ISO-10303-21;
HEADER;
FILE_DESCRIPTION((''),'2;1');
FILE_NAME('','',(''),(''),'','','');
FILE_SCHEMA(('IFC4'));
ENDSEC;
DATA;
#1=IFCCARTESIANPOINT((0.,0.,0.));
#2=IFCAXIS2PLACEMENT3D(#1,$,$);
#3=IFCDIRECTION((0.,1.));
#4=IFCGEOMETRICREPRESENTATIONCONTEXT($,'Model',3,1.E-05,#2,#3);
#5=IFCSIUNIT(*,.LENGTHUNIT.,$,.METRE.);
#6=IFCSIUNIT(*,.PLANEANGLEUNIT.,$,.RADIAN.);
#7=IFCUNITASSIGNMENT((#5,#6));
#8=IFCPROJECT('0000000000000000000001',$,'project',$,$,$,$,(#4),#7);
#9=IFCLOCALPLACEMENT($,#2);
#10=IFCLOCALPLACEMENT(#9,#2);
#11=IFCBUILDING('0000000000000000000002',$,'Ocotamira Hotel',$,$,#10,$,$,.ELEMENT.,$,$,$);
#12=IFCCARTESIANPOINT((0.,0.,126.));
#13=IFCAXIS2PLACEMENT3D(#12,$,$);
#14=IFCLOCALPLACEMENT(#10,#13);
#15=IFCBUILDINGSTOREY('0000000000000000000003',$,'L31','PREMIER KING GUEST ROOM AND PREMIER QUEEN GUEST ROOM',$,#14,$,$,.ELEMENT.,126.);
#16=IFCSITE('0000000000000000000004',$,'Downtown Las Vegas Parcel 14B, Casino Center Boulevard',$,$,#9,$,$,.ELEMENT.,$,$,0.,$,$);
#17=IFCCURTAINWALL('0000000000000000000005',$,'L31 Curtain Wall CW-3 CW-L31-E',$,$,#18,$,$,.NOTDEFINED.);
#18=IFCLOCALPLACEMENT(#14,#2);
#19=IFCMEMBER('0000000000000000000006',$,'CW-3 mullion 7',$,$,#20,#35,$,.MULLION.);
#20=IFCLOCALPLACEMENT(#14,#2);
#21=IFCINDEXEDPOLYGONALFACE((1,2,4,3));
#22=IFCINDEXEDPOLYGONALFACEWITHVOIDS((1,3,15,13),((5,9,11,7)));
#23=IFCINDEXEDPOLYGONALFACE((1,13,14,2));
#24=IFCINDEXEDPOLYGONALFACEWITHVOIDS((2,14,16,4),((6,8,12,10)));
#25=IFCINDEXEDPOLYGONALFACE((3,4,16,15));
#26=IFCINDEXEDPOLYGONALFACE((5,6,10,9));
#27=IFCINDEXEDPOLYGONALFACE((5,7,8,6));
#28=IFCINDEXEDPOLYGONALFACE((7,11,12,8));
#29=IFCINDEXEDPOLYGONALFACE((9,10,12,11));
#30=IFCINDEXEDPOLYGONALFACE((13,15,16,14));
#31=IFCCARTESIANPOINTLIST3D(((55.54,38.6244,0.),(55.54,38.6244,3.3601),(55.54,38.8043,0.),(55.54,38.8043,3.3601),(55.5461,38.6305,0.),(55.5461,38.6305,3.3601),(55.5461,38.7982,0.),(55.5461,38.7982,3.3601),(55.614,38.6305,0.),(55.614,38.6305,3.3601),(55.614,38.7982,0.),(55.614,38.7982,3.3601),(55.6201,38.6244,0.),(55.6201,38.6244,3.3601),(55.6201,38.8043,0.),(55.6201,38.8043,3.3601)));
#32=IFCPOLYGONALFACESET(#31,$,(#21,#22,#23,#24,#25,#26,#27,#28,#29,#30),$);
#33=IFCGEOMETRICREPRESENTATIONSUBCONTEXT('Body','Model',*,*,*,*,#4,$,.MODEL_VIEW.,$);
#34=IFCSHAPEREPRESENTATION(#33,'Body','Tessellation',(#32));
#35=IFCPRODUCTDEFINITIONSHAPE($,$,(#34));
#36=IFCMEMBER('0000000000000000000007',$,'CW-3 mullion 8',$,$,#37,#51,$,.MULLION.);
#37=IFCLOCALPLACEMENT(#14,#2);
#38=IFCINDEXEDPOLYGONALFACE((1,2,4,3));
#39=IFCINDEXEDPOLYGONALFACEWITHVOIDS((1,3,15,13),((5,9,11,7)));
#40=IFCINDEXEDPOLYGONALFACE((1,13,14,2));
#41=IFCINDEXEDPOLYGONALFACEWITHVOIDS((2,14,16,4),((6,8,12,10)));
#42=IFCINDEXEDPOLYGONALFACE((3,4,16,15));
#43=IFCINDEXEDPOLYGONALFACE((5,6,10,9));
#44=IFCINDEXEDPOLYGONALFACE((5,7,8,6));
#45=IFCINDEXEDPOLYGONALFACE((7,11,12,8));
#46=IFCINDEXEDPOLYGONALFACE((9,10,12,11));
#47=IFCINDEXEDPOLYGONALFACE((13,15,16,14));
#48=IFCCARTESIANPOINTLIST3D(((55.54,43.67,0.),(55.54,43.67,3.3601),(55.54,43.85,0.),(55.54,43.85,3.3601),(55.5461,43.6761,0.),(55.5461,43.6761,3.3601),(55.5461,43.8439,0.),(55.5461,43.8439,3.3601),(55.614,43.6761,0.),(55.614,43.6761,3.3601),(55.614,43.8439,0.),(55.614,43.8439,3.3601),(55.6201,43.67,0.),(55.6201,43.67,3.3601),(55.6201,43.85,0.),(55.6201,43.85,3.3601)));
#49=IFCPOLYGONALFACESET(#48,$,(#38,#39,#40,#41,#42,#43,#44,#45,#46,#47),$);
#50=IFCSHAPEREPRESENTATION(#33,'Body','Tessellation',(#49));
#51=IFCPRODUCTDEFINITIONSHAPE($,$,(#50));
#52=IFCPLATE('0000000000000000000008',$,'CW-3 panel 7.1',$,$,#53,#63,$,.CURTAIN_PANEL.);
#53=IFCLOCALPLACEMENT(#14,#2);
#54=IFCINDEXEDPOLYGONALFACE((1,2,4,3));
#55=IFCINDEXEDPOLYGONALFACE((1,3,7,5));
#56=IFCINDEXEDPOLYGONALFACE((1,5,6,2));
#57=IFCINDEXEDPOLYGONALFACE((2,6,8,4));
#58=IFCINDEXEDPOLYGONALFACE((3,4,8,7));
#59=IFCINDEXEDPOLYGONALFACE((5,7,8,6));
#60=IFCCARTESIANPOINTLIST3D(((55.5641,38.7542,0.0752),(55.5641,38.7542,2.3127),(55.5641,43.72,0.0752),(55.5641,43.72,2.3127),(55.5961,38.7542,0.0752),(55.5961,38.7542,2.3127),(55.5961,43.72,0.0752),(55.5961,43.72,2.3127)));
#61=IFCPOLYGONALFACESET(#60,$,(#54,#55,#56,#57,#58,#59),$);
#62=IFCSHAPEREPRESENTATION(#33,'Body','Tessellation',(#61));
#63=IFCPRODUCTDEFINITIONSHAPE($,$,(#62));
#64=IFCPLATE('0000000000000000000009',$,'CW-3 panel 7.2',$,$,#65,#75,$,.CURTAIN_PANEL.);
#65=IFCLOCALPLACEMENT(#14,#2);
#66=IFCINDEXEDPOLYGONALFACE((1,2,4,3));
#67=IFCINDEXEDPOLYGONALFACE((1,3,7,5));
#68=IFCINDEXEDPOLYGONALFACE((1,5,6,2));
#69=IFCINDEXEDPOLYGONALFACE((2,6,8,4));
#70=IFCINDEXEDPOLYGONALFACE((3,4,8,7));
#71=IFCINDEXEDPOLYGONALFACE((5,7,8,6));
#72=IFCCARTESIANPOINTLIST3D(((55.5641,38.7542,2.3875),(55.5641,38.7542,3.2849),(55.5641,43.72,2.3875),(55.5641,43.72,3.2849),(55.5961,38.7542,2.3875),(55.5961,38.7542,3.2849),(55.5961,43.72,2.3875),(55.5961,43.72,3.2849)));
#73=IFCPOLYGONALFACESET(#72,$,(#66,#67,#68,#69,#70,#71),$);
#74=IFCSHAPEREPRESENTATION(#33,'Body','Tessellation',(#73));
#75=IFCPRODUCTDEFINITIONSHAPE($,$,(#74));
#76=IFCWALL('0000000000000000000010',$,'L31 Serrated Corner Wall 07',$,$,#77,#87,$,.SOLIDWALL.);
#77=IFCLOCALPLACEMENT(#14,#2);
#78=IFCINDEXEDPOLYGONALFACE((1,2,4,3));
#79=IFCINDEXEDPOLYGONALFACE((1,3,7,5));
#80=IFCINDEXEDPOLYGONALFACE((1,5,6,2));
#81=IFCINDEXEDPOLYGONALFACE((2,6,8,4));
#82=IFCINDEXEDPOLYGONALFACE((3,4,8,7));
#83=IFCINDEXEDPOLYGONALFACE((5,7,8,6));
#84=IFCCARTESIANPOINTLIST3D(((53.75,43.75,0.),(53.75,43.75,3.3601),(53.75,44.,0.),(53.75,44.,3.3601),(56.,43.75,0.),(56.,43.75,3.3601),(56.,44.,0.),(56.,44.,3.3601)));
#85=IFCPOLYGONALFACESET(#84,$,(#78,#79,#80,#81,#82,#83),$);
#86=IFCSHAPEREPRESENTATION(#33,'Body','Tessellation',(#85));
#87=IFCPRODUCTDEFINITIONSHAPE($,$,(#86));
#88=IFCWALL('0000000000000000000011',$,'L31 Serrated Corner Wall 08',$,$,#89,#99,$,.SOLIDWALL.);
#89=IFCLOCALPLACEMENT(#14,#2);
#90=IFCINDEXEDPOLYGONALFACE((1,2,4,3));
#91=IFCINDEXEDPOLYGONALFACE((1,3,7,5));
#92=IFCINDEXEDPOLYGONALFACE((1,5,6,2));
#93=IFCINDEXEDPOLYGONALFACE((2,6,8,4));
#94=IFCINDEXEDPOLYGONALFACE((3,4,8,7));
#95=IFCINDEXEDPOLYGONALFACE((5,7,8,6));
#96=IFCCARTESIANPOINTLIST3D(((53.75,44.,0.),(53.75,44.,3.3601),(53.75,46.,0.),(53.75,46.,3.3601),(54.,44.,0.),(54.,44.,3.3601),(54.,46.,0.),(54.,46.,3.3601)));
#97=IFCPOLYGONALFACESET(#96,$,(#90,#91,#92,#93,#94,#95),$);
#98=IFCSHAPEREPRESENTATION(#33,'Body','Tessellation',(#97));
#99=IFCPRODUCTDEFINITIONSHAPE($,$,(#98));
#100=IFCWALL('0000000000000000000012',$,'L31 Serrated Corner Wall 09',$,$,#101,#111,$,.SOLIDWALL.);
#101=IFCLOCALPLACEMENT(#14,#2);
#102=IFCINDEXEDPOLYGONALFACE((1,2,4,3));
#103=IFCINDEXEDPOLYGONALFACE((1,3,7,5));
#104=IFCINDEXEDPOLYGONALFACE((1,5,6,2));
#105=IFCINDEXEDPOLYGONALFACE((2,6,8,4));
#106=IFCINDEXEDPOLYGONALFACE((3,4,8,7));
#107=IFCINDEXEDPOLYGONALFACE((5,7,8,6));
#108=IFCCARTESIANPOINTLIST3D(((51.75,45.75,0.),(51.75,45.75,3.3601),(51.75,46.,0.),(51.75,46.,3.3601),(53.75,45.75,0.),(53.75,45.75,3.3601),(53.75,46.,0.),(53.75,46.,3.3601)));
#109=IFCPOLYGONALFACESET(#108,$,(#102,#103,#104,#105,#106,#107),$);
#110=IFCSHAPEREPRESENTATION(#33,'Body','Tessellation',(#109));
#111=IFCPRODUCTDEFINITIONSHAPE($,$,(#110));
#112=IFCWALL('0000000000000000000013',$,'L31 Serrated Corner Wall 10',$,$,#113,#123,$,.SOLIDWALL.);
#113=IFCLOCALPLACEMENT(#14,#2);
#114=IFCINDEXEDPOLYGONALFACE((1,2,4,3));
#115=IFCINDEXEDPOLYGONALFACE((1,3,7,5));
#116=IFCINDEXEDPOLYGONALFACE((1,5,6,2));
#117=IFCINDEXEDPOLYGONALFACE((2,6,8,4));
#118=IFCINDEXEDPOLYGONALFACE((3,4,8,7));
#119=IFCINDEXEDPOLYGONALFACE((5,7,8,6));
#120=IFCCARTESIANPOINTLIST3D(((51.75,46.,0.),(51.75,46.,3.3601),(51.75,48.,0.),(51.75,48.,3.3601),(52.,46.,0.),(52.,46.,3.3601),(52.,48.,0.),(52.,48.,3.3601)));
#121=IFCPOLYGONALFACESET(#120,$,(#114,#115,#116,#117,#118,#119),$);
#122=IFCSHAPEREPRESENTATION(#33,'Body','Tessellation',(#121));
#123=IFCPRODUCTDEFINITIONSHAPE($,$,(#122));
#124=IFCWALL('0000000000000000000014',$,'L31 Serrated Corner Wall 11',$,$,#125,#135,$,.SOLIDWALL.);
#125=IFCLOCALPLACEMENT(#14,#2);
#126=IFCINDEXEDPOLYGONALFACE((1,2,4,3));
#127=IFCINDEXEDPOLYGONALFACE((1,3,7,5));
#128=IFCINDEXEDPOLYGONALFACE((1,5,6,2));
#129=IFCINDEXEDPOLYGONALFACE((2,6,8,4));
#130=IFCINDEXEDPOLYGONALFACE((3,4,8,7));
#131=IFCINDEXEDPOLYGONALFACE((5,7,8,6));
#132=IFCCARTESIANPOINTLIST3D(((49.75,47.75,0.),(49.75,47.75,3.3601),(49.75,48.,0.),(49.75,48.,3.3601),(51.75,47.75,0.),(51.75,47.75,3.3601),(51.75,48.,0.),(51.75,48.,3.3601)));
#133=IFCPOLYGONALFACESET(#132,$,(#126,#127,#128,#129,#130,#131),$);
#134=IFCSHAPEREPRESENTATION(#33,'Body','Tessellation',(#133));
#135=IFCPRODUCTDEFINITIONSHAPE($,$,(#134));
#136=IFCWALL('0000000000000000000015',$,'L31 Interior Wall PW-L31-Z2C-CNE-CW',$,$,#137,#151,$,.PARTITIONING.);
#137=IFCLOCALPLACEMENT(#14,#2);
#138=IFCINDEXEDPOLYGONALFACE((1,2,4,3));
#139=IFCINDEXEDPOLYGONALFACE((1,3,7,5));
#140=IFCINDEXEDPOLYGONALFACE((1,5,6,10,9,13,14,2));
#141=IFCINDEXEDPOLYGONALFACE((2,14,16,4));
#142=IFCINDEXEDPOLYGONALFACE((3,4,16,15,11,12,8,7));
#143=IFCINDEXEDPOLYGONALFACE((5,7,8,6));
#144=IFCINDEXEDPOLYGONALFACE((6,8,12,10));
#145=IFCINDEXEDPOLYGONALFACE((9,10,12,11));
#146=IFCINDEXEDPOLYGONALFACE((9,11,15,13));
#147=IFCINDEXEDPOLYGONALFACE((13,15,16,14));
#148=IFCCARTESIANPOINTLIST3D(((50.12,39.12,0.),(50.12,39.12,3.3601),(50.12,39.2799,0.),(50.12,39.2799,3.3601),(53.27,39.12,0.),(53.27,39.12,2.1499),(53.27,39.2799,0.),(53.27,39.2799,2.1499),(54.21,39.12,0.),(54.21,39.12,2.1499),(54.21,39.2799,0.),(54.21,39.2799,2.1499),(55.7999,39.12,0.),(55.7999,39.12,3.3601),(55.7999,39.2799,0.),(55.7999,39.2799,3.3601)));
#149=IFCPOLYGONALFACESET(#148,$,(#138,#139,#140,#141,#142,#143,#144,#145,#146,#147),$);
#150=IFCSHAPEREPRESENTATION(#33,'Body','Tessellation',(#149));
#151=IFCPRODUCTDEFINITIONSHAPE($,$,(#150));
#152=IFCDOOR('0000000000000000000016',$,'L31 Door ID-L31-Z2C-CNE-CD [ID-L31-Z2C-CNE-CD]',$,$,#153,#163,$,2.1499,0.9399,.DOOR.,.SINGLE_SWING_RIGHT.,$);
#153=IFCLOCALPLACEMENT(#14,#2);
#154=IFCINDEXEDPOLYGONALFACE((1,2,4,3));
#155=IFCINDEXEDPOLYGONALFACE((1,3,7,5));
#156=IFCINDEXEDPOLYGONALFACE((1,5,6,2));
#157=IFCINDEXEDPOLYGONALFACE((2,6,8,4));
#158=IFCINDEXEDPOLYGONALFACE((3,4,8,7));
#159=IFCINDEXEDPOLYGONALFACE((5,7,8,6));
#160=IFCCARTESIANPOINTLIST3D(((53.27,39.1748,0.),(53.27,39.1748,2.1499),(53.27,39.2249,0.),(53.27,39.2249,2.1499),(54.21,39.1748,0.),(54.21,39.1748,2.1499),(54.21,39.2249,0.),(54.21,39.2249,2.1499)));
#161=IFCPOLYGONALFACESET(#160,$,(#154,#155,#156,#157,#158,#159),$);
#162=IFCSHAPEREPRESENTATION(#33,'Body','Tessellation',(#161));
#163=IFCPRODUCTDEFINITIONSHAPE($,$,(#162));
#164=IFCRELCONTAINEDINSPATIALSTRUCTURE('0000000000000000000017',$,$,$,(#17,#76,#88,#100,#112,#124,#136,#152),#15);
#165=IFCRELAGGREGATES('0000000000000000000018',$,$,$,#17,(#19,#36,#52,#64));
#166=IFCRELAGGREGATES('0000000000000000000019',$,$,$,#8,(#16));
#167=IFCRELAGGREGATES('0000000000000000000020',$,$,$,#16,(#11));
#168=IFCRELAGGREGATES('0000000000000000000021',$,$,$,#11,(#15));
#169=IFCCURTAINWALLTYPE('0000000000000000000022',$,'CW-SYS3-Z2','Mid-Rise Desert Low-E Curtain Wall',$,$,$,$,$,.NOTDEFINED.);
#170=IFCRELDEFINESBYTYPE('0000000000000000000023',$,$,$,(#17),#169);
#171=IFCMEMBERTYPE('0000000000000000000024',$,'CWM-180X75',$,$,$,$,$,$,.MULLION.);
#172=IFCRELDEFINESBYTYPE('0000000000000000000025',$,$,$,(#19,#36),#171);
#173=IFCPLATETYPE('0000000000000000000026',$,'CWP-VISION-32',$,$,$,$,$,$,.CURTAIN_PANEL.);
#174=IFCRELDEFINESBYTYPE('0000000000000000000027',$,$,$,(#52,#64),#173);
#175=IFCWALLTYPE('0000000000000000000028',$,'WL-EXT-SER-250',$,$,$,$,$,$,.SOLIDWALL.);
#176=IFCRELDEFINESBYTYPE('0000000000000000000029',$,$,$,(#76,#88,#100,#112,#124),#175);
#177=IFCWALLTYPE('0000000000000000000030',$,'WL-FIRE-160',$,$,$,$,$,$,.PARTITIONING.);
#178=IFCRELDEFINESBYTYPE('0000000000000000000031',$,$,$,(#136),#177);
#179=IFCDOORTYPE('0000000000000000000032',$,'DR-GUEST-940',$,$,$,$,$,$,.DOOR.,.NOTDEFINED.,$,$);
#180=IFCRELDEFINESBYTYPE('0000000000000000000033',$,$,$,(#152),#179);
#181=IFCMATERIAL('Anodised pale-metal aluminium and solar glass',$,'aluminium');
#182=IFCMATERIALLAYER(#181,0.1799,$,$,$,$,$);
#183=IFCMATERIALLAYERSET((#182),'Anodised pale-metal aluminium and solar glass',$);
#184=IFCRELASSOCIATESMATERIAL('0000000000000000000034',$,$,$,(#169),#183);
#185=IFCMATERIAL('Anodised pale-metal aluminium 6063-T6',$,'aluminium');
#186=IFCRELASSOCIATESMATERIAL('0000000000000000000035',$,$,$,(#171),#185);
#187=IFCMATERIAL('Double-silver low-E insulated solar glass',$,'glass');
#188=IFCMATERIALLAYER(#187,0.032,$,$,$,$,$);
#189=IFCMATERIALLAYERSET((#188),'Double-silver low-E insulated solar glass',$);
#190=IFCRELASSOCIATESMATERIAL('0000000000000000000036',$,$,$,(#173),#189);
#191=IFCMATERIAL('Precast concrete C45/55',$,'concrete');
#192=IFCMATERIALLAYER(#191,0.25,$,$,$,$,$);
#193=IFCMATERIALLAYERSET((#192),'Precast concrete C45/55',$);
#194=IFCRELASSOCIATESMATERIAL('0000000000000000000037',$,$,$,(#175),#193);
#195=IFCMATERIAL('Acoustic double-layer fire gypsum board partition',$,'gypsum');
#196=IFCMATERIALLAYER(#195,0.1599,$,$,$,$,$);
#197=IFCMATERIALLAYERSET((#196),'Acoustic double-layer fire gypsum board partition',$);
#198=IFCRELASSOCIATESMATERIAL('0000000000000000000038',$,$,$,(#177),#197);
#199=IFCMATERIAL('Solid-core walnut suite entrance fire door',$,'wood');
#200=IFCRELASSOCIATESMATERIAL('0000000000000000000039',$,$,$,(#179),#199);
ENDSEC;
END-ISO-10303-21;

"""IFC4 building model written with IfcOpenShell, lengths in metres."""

from ifc_helpers import new_model, si_unit, direction, frame, frame_2d, origin, origin_2d, place, context, subcontext, project, spatial, rectangle, hollow_rectangle, extrude, source, transform, mapped, material, layer, layer_set, material_profile, profile_set, type_object, element, fill, aggregate, save


model = new_model("IFC4")

# Units and contexts
model_context = context("Model", 3, precision=1e-05, world=origin(), true_north=direction((0.0, 1.0)))
body_context = subcontext(model_context, "Body", "Model", "MODEL_VIEW")
ifc_project = project(units=[si_unit("LENGTHUNIT", "METRE"), si_unit("PLANEANGLEUNIT", "RADIAN")], contexts=[model_context])

# Site, building, storey
site_placement = place(None, origin())
site = spatial("IfcSite", under=ifc_project, at=site_placement, Name="Downtown Las Vegas Parcel 14B, Casino Center Boulevard", CompositionType="ELEMENT", RefElevation=0.0)
building_placement = place(site_placement, origin())
building = spatial("IfcBuilding", under=site, at=building_placement, Name="Ocotamira Hotel", CompositionType="ELEMENT")
storey_placement = place(building_placement, frame((0.0, 0.0, 126.0)))
storey = spatial("IfcBuildingStorey", under=building, at=storey_placement, Name="L31", Description="PREMIER KING GUEST ROOM AND PREMIER QUEEN GUEST ROOM", CompositionType="ELEMENT", Elevation=126.0)

# Curtain wall, members, plates
ifc_material_1 = material(Name="Anodised pale-metal aluminium and solar glass", Category="aluminium")
ifc_layer_1 = layer(ifc_material_1, 0.1799)
ifc_layer_set_1 = layer_set([ifc_layer_1], Name="Anodised pale-metal aluminium and solar glass")
curtain_wall_type = type_object("IfcCurtainWallType", Name="CW-SYS3-Z2", Description="Mid-Rise Desert Low-E Curtain Wall", PredefinedType="NOTDEFINED", material=ifc_layer_set_1)
curtain_wall_placement = place(storey_placement, origin())
curtain_wall = element("IfcCurtainWall", 1, at=curtain_wall_placement, inside=storey, type_object=curtain_wall_type, Name="L31 Curtain Wall CW-3 CW-L31-E", PredefinedType="NOTDEFINED")
ifc_material_2 = material(Name="Anodised pale-metal aluminium 6063-T6", Category="aluminium")
ifc_material_profile_1 = material_profile(ifc_material_2, hollow_rectangle(XDim=0.0801, YDim=0.1799, WallThickness=0.0061, at=origin_2d()), Name="HSS180X80X6")
ifc_profile_set_1 = profile_set([ifc_material_profile_1], Name="Anodised pale-metal aluminium 6063-T6")
member_type_1 = type_object("IfcMemberType", Name="CWM-180X75", PredefinedType="MULLION", material=ifc_profile_set_1)
shared_shape_1 = source(origin(), body_context, "Body", "SweptSolid", [
    extrude(hollow_rectangle(XDim=0.0801, YDim=0.1799, WallThickness=0.0061, at=origin_2d()), origin(), (0.0, 0.0, 1.0), 3.3601),
])
member_1_placement = place(storey_placement, frame((55.5801, 38.7144, 0.0), z_axis=(0.0, 0.0, 1.0), x_axis=(-1.0, 0.0, 0.0)))
member_1 = element("IfcMember", 2, at=member_1_placement, type_object=member_type_1, Name="CW-3 mullion 7", PredefinedType="MULLION", context=body_context, shape_type="MappedRepresentation", body=[
    mapped(shared_shape_1, transform((0.0, 0.0, 0.0), scale=1.0)),
])
member_2_placement = place(storey_placement, frame((55.5801, 43.76, 0.0), z_axis=(0.0, 0.0, 1.0), x_axis=(-1.0, 0.0, 0.0)))
member_2 = element("IfcMember", 3, at=member_2_placement, type_object=member_type_1, Name="CW-3 mullion 8", PredefinedType="MULLION", context=body_context, shape_type="MappedRepresentation", body=[
    mapped(shared_shape_1, transform((0.0, 0.0, 0.0), scale=1.0)),
])
ifc_material_3 = material(Name="Double-silver low-E insulated solar glass", Category="glass")
ifc_layer_2 = layer(ifc_material_3, 0.032)
ifc_layer_set_2 = layer_set([ifc_layer_2], Name="Double-silver low-E insulated solar glass")
plate_type = type_object("IfcPlateType", Name="CWP-VISION-32", PredefinedType="CURTAIN_PANEL", material=ifc_layer_set_2)
shared_shape_2 = source(origin(), body_context, "Body", "SweptSolid", [
    extrude(rectangle(XDim=4.9658, YDim=0.032, at=origin_2d()), origin(), (0.0, 0.0, 1.0), 2.2375),
])
plate_1_placement = place(storey_placement, frame((55.5801, 41.2371, 0.0752), z_axis=(0.0, 0.0, 1.0), x_axis=(0.0, 1.0, 0.0)))
plate_1 = element("IfcPlate", 4, at=plate_1_placement, type_object=plate_type, Name="CW-3 panel 7.1", PredefinedType="CURTAIN_PANEL", context=body_context, shape_type="MappedRepresentation", body=[
    mapped(shared_shape_2, transform((0.0, 0.0, 0.0), scale=1.0)),
])
shared_shape_3 = source(origin(), body_context, "Body", "SweptSolid", [
    extrude(rectangle(XDim=4.9658, YDim=0.032, at=origin_2d()), origin(), (0.0, 0.0, 1.0), 0.8975),
])
plate_2_placement = place(storey_placement, frame((55.5801, 41.2371, 2.3875), z_axis=(0.0, 0.0, 1.0), x_axis=(0.0, 1.0, 0.0)))
plate_2 = element("IfcPlate", 5, at=plate_2_placement, type_object=plate_type, Name="CW-3 panel 7.2", PredefinedType="CURTAIN_PANEL", context=body_context, shape_type="MappedRepresentation", body=[
    mapped(shared_shape_3, transform((0.0, 0.0, 0.0), scale=1.0)),
])
aggregate(curtain_wall, [member_1, member_2, plate_1, plate_2])

# Walls
ifc_material_4 = material(Name="Precast concrete C45/55", Category="concrete")
ifc_layer_3 = layer(ifc_material_4, 0.25)
ifc_layer_set_3 = layer_set([ifc_layer_3], Name="Precast concrete C45/55")
wall_type_1 = type_object("IfcWallType", Name="WL-EXT-SER-250", PredefinedType="SOLIDWALL", material=ifc_layer_set_3)
wall_1_placement = place(storey_placement, frame((56.0, 43.875, 0.0), z_axis=(0.0, 0.0, 1.0), x_axis=(-1.0, 0.0, 0.0)))
element("IfcWall", 6, at=wall_1_placement, inside=storey, type_object=wall_type_1, Name="L31 Serrated Corner Wall 07", PredefinedType="SOLIDWALL", context=body_context, shape_type="SweptSolid", body=[
    extrude(rectangle(XDim=2.25, YDim=0.25, at=frame_2d((1.125, 0.0))), origin(), (0.0, 0.0, 1.0), 3.3601),
])
for number, where, z_axis, x_axis, name in (
    (7, (53.875, 44.0, 0.0), (0.0, 0.0, 1.0), (0.0, 1.0, 0.0), "L31 Serrated Corner Wall 08"),
    (8, (53.75, 45.875, 0.0), (0.0, 0.0, 1.0), (-1.0, 0.0, 0.0), "L31 Serrated Corner Wall 09"),
    (9, (51.875, 46.0, 0.0), (0.0, 0.0, 1.0), (0.0, 1.0, 0.0), "L31 Serrated Corner Wall 10"),
    (10, (51.75, 47.875, 0.0), (0.0, 0.0, 1.0), (-1.0, 0.0, 0.0), "L31 Serrated Corner Wall 11"),
):
    element("IfcWall", number, at=place(storey_placement, frame(where, z_axis=z_axis, x_axis=x_axis)), inside=storey, type_object=wall_type_1, Name=name, PredefinedType="SOLIDWALL", context=body_context, shape_type="SweptSolid", body=[
        extrude(rectangle(XDim=2.0, YDim=0.25, at=frame_2d((1.0, 0.0))), origin(), (0.0, 0.0, 1.0), 3.3601),
    ])

# Wall, opening, door
ifc_material_5 = material(Name="Acoustic double-layer fire gypsum board partition", Category="gypsum")
ifc_layer_4 = layer(ifc_material_5, 0.1599)
ifc_layer_set_4 = layer_set([ifc_layer_4], Name="Acoustic double-layer fire gypsum board partition")
wall_type_2 = type_object("IfcWallType", Name="WL-FIRE-160", PredefinedType="PARTITIONING", material=ifc_layer_set_4)
wall_2_placement = place(storey_placement, frame((50.1201, 39.2, 0.0), z_axis=(0.0, 0.0, 1.0), x_axis=(1.0, 0.0, 0.0)))
wall_2 = element("IfcWall", 11, at=wall_2_placement, inside=storey, type_object=wall_type_2, Name="L31 Interior Wall PW-L31-Z2C-CNE-CW", PredefinedType="PARTITIONING", context=body_context, shape_type="SweptSolid", body=[
    extrude(rectangle(XDim=5.6799, YDim=0.1599, at=frame_2d((2.8398, 0.0))), origin(), (0.0, 0.0, 1.0), 3.3601),
])
opening_1_placement = place(wall_2_placement, frame((3.1499, 0.0, 0.0)))
opening_1 = element("IfcOpeningElement", 12, at=opening_1_placement, cuts=wall_2, PredefinedType="OPENING", context=body_context, shape_type="SweptSolid", body=[
    extrude(rectangle(XDim=0.9399, YDim=2.1499, at=frame_2d((0.47, 1.075))), frame((0.0, 0.0898, 0.0), z_axis=(0.0, -1.0, 0.0), x_axis=(1.0, 0.0, 0.0)), (0.0, 0.0, 1.0), 0.1799),
])
ifc_material_6 = material(Name="Solid-core walnut suite entrance fire door", Category="wood")
door_type_1 = type_object("IfcDoorType", Name="DR-GUEST-940", OperationType="NOTDEFINED", PredefinedType="DOOR", material=ifc_material_6)
shared_shape_4 = source(origin(), body_context, "Body", "SweptSolid", [
    extrude(rectangle(XDim=0.9399, YDim=2.1499, at=frame_2d((0.47, 1.075))), frame((0.0, 0.0249, 0.0), z_axis=(0.0, -1.0, 0.0), x_axis=(1.0, 0.0, 0.0)), (0.0, 0.0, 1.0), 0.05),
])
door_1_placement = place(opening_1_placement, origin())
door_1 = element("IfcDoor", 13, at=door_1_placement, inside=storey, type_object=door_type_1, Name="L31 Door ID-L31-Z2C-CNE-CD [ID-L31-Z2C-CNE-CD]", OperationType="SINGLE_SWING_RIGHT", OverallHeight=2.1499, OverallWidth=0.9399, PredefinedType="DOOR", context=body_context, shape_type="MappedRepresentation", body=[
    mapped(shared_shape_4, transform((0.0, 0.0, 0.0), scale=1.0)),
])
fill(opening_1, door_1)

save(model, "model.ifc")
